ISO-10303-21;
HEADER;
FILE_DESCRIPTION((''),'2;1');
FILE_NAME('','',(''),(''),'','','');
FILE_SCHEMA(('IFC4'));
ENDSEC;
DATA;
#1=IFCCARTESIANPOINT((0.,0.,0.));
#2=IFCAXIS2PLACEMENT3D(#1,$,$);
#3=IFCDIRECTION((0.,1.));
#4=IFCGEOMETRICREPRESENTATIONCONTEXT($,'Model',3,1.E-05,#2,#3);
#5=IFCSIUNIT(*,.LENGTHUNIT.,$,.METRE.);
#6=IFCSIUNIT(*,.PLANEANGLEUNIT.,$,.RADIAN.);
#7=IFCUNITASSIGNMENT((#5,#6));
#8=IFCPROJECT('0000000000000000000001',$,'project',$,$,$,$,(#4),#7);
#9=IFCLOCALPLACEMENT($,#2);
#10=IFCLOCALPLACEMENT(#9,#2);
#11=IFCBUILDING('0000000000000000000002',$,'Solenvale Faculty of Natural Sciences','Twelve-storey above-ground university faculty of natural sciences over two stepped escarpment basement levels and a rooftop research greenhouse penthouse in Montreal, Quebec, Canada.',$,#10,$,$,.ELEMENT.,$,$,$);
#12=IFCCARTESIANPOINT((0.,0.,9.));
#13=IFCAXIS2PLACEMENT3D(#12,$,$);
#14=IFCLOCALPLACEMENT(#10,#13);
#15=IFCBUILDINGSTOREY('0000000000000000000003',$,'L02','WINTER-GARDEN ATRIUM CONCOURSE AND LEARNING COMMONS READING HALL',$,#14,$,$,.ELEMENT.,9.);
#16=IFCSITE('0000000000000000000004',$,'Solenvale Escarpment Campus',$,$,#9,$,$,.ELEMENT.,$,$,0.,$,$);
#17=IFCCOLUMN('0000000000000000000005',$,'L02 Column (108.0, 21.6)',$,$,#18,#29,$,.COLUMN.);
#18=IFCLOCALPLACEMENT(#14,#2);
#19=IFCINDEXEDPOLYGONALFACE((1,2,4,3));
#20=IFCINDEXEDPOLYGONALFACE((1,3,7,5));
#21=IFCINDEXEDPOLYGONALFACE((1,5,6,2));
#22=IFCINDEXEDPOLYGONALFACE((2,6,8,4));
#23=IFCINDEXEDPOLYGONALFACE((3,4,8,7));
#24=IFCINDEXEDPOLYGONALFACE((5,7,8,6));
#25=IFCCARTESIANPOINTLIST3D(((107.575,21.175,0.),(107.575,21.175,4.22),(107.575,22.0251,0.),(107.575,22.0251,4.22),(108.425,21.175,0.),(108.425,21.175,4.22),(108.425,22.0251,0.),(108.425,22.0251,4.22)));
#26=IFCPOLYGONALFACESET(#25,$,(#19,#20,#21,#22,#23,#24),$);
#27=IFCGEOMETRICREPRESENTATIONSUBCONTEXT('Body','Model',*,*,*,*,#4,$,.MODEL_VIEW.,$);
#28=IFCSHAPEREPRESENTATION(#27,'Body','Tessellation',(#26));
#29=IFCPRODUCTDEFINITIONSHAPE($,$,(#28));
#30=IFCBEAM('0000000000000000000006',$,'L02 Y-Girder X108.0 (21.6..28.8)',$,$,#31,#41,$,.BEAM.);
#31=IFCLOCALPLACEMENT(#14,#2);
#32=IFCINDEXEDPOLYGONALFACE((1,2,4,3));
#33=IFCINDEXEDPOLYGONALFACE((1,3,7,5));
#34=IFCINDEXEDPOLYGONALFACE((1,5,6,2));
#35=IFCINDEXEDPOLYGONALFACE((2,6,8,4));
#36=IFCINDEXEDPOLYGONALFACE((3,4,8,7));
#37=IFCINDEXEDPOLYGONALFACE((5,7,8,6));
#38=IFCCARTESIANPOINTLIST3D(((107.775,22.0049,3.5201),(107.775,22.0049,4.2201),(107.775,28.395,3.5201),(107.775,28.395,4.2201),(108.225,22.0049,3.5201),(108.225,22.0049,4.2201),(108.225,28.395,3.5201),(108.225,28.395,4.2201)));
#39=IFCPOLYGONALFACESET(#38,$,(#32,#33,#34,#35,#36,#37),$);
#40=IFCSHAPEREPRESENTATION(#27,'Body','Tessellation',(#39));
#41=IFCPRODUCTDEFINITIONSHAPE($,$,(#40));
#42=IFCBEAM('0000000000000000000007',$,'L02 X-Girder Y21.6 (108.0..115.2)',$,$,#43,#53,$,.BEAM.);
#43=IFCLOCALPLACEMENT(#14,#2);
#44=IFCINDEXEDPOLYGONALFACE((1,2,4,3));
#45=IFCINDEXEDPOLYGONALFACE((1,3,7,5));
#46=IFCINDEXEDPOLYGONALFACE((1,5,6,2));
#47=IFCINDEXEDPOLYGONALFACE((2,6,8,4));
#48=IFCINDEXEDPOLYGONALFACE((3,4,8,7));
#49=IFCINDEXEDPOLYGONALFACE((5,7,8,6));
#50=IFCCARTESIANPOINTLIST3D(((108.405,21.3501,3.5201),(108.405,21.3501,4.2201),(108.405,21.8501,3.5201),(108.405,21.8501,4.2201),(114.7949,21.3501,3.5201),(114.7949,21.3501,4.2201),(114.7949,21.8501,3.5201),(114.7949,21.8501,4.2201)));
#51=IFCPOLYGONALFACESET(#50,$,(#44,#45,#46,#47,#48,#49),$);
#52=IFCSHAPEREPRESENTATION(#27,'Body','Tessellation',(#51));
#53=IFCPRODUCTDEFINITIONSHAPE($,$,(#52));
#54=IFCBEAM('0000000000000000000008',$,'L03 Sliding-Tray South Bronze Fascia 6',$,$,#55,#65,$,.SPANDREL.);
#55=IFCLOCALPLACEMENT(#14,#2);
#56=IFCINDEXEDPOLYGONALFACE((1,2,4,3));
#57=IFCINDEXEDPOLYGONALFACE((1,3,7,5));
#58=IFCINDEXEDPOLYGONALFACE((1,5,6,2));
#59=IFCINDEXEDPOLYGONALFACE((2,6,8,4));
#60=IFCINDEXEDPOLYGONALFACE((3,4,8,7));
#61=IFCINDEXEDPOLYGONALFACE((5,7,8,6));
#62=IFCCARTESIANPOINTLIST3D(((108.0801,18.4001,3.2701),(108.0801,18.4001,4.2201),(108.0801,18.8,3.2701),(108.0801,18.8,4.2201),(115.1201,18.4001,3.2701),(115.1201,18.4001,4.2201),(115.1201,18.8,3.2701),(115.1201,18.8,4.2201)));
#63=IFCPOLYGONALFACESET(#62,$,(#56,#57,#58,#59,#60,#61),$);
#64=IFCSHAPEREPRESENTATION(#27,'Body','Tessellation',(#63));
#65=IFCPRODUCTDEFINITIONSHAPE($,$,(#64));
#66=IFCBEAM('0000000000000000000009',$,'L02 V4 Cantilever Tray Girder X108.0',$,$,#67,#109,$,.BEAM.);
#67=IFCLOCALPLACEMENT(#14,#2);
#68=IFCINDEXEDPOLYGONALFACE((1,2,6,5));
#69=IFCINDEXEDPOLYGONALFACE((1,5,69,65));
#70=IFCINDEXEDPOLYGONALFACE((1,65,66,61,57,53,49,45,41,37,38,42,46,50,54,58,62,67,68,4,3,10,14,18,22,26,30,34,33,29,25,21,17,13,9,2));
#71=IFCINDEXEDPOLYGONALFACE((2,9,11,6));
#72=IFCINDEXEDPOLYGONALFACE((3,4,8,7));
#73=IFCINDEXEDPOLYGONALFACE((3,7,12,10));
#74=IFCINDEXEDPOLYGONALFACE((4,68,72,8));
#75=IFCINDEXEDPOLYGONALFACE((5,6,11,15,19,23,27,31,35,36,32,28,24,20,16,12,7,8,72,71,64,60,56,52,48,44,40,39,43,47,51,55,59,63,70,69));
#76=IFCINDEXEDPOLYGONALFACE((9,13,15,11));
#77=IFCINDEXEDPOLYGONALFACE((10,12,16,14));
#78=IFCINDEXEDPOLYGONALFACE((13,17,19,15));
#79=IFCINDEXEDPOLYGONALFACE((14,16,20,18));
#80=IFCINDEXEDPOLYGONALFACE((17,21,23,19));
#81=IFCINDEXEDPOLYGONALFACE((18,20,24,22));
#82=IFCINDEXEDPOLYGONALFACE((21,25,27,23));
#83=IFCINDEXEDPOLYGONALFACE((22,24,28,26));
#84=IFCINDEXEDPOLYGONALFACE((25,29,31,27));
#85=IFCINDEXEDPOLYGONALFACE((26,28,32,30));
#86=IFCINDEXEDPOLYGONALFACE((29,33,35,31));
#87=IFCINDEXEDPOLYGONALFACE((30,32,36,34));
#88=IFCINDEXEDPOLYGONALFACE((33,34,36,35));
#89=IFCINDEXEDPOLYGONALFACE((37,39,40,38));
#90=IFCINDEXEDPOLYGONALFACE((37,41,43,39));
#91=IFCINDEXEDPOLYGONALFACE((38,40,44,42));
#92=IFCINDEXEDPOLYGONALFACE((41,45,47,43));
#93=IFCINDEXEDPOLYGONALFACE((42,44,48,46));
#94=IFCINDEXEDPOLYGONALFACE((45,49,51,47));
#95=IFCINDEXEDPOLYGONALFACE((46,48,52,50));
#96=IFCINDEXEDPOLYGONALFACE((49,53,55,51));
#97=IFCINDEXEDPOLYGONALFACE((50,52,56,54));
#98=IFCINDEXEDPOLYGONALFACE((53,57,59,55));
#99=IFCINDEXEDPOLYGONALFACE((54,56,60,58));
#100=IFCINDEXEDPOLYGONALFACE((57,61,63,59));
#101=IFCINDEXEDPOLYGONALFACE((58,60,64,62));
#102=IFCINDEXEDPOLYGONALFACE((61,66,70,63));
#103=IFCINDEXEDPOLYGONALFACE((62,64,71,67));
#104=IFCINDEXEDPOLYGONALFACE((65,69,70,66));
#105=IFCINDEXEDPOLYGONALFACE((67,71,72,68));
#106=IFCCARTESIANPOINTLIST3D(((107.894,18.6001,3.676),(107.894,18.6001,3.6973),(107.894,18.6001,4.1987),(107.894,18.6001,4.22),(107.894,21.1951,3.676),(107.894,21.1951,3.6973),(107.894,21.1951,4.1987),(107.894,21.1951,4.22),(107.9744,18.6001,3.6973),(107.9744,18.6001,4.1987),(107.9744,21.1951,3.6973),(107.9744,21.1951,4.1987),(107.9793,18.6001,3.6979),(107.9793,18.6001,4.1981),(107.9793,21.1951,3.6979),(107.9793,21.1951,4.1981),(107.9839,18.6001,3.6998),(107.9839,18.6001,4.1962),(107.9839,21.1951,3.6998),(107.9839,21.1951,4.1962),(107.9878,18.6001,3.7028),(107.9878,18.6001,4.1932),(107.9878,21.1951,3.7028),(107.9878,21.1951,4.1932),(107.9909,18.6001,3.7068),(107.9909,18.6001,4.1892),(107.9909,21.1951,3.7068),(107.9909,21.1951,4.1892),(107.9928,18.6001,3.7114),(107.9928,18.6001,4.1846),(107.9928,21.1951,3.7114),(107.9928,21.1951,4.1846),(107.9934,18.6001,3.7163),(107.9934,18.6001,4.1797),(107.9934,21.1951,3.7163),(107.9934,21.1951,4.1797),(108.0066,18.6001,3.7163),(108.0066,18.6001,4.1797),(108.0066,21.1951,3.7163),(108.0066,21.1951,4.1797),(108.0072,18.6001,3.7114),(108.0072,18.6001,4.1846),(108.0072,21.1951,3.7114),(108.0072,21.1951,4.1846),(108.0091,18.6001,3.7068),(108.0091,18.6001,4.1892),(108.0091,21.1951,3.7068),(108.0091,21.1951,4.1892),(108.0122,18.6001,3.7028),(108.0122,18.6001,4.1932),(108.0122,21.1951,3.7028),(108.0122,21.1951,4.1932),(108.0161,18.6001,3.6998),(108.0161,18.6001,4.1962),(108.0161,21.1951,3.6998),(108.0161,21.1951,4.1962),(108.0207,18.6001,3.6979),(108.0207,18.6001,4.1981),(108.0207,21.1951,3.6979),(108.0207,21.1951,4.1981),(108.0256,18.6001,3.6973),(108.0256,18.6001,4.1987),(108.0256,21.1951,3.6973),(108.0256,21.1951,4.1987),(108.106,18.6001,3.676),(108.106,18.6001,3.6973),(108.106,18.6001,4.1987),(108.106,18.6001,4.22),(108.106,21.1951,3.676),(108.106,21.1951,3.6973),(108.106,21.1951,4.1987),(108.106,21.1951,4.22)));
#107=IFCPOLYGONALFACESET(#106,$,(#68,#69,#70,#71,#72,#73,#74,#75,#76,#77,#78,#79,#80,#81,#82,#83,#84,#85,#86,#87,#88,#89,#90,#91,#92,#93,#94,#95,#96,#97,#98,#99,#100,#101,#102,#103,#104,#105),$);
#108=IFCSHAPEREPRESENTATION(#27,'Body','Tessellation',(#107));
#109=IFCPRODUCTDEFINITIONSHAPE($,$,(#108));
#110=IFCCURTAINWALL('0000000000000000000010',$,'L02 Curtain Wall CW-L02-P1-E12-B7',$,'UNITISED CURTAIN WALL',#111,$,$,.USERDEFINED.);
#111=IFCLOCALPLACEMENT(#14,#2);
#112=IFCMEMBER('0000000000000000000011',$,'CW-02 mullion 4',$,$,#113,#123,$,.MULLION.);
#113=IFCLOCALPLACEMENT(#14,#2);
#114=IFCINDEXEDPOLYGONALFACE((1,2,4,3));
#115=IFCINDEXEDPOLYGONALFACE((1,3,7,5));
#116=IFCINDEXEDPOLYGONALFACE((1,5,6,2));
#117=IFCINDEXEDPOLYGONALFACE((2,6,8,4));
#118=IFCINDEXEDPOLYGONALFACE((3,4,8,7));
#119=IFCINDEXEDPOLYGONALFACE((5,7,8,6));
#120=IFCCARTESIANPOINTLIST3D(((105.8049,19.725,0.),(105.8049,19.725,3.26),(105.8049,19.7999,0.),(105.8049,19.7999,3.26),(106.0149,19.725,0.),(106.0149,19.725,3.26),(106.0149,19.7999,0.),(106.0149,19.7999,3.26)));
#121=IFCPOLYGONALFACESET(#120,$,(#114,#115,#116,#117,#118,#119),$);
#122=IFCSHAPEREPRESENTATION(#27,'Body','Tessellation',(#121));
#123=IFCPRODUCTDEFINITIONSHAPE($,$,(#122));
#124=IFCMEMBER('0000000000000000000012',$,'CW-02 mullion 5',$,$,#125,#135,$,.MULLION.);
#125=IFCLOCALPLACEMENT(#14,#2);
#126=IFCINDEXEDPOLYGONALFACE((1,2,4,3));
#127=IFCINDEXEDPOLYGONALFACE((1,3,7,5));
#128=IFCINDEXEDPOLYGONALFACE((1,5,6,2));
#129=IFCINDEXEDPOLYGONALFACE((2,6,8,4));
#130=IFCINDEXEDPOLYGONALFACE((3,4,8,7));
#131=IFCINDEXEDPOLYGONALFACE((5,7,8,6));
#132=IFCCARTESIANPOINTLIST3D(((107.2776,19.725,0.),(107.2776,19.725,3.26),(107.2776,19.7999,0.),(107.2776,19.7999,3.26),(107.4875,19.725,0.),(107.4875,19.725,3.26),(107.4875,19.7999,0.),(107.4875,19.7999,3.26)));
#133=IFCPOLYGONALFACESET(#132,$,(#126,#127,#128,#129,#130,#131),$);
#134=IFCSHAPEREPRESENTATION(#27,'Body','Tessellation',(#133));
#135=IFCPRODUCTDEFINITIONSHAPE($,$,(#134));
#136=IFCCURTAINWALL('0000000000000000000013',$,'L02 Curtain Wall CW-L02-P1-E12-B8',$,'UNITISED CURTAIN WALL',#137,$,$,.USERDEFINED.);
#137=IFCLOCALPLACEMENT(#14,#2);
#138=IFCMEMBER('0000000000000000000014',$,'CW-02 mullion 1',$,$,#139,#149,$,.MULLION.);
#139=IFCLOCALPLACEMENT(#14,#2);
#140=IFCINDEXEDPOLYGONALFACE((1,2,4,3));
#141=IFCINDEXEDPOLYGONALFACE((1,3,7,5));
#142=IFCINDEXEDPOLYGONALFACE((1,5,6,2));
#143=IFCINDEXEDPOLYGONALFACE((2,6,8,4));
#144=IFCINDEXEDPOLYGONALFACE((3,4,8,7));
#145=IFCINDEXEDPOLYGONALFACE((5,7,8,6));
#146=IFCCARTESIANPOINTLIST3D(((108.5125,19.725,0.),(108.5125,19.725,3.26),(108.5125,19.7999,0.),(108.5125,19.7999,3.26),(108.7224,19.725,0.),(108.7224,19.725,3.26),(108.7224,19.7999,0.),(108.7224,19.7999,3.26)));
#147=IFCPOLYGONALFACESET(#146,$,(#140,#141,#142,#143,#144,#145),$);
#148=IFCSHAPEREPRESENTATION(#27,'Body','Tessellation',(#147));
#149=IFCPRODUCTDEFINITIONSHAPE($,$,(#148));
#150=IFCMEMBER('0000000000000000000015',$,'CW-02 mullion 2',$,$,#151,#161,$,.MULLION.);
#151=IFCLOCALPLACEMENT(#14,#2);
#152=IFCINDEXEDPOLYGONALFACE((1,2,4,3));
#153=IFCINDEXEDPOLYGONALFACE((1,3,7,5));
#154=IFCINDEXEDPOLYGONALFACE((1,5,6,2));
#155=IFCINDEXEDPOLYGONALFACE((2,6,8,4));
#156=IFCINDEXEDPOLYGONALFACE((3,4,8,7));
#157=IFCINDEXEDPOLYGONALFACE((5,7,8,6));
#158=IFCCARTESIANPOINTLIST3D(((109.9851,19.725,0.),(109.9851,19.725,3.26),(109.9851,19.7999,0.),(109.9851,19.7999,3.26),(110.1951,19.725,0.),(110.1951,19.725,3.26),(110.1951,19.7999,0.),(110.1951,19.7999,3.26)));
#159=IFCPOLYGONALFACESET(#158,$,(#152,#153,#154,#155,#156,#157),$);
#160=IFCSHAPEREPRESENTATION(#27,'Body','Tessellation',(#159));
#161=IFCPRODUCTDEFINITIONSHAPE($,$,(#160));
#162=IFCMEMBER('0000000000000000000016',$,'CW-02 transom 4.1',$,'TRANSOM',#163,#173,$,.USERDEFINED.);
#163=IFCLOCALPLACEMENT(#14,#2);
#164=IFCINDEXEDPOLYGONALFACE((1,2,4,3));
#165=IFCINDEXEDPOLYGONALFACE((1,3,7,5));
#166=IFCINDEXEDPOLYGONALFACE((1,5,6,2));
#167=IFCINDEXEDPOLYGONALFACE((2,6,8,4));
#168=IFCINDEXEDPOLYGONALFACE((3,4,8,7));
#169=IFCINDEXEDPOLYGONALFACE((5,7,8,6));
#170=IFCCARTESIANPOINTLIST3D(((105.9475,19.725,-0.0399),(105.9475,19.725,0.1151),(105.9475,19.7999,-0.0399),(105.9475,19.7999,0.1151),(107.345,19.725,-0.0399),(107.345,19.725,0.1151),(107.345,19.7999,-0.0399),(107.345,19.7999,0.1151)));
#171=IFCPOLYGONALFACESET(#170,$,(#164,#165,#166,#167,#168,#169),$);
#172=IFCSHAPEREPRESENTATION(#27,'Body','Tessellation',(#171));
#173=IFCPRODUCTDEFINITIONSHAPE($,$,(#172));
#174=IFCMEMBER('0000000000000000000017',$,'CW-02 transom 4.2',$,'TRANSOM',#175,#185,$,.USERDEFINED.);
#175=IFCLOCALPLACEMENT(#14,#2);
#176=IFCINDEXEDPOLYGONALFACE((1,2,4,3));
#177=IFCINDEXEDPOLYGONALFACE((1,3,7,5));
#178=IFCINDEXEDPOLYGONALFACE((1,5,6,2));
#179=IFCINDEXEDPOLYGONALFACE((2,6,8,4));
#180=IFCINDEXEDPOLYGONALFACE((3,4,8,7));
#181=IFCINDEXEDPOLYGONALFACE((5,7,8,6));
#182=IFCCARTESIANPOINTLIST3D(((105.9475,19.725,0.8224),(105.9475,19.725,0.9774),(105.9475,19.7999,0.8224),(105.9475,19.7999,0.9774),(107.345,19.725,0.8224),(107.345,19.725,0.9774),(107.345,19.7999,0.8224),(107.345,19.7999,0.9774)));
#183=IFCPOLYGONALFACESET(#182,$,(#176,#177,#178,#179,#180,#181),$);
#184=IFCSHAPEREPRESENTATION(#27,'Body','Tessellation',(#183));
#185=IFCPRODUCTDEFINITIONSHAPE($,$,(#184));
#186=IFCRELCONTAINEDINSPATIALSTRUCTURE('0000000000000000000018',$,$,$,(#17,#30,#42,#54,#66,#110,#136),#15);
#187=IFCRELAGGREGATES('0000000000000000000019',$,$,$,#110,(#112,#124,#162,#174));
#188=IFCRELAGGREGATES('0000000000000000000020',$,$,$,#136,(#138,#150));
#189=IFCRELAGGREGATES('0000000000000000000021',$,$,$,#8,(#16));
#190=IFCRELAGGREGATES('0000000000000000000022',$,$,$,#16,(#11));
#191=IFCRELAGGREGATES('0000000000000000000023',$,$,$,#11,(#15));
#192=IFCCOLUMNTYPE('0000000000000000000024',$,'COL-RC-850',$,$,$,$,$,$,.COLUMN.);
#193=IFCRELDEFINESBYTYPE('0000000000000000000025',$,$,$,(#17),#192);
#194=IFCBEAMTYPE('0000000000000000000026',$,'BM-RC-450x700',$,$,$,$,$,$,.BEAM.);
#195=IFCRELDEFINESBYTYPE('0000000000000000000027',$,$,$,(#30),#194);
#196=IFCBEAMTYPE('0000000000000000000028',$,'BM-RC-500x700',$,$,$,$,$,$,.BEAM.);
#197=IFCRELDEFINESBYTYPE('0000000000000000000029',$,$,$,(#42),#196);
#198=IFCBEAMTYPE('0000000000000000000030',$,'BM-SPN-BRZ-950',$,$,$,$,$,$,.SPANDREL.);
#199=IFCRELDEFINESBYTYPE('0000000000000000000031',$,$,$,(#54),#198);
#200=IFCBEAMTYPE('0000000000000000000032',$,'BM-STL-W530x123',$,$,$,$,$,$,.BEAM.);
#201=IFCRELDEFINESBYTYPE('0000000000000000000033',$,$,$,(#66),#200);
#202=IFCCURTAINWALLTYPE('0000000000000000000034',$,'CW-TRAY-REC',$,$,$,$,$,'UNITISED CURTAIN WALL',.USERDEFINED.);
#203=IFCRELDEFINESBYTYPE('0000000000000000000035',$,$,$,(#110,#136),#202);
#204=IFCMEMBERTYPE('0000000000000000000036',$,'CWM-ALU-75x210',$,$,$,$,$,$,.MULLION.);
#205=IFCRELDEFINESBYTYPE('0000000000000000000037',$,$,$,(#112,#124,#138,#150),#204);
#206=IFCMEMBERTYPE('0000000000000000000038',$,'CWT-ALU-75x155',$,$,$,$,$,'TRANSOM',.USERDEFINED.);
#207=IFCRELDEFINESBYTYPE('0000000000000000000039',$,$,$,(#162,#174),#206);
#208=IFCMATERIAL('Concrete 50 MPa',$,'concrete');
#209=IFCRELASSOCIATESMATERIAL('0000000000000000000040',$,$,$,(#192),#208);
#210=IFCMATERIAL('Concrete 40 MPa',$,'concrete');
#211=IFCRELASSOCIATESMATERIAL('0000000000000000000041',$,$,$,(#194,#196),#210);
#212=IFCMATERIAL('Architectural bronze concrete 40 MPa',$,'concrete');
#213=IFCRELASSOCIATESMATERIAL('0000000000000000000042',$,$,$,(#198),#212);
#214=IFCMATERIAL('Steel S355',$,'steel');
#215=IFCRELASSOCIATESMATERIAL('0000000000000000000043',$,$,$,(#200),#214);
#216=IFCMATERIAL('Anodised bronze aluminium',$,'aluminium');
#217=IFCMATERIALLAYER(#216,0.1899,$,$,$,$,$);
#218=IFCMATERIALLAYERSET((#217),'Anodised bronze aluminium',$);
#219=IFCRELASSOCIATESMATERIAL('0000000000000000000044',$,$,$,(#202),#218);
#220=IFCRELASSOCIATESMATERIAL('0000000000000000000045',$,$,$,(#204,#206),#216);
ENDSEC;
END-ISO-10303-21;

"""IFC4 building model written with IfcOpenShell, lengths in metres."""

from ifc_helpers import new_model, si_unit, direction, frame, origin, origin_2d, place, context, subcontext, project, spatial, rectangle, i_section, extrude, material, layer, layer_set, material_profile, profile_set, type_object, element, aggregate, save


model = new_model("IFC4")

# Units and contexts
model_context = context("Model", 3, precision=1e-05, world=origin(), true_north=direction((0.0, 1.0)))
body_context = subcontext(model_context, "Body", "Model", "MODEL_VIEW")
ifc_project = project(units=[si_unit("LENGTHUNIT", "METRE"), si_unit("PLANEANGLEUNIT", "RADIAN")], contexts=[model_context])

# Site, building, storey
site_placement = place(None, origin())
site = spatial("IfcSite", under=ifc_project, at=site_placement, Name="Solenvale Escarpment Campus", CompositionType="ELEMENT", RefElevation=0.0)
building_placement = place(site_placement, origin())
building = spatial("IfcBuilding", under=site, at=building_placement, Name="Solenvale Faculty of Natural Sciences", Description="Twelve-storey above-ground university faculty of natural sciences over two stepped escarpment basement levels and a rooftop research greenhouse penthouse in Montreal, Quebec, Canada.", CompositionType="ELEMENT")
storey_placement = place(building_placement, frame((0.0, 0.0, 9.0)))
storey = spatial("IfcBuildingStorey", under=building, at=storey_placement, Name="L02", Description="WINTER-GARDEN ATRIUM CONCOURSE AND LEARNING COMMONS READING HALL", CompositionType="ELEMENT", Elevation=9.0)

# Column
ifc_material_1 = material(Name="Concrete 50 MPa", Category="concrete")
ifc_material_profile_1 = material_profile(ifc_material_1, rectangle(XDim=0.8501, YDim=0.8501, at=origin_2d()), Name="RC-COL-850x850")
ifc_profile_set_1 = profile_set([ifc_material_profile_1], Name="Concrete 50 MPa")
column_type = type_object("IfcColumnType", Name="COL-RC-850", PredefinedType="COLUMN", material=ifc_profile_set_1)
column_placement = place(storey_placement, frame((108.0, 21.6001, 0.0), z_axis=(0.0, 0.0, 1.0), x_axis=(1.0, 0.0, 0.0)))
element("IfcColumn", 1, at=column_placement, inside=storey, type_object=column_type, Name="L02 Column (108.0, 21.6)", PredefinedType="COLUMN", context=body_context, shape_type="SweptSolid", body=[
    extrude(rectangle(XDim=0.8501, YDim=0.8501, at=origin_2d()), origin(), (0.0, 0.0, 1.0), 4.22),
])

# Beams
ifc_material_2 = material(Name="Concrete 40 MPa", Category="concrete")
ifc_material_profile_2 = material_profile(ifc_material_2, rectangle(XDim=0.45, YDim=0.7, at=origin_2d()), Name="RC-BM-450x700")
ifc_profile_set_2 = profile_set([ifc_material_profile_2], Name="Concrete 40 MPa")
beam_type_1 = type_object("IfcBeamType", Name="BM-RC-450x700", PredefinedType="BEAM", material=ifc_profile_set_2)
beam_1_placement = place(storey_placement, frame((108.0, 22.0049, 3.8701), z_axis=(0.0, 1.0, 0.0), x_axis=(-1.0, 0.0, 0.0)))
element("IfcBeam", 2, at=beam_1_placement, inside=storey, type_object=beam_type_1, Name="L02 Y-Girder X108.0 (21.6..28.8)", PredefinedType="BEAM", context=body_context, shape_type="SweptSolid", body=[
    extrude(rectangle(XDim=0.45, YDim=0.7, at=origin_2d()), origin(), (0.0, 0.0, 1.0), 6.3901),
])
ifc_material_profile_3 = material_profile(ifc_material_2, rectangle(XDim=0.5, YDim=0.7, at=origin_2d()), Name="RC-BM-500x700")
ifc_profile_set_3 = profile_set([ifc_material_profile_3], Name="Concrete 40 MPa")
beam_type_2 = type_object("IfcBeamType", Name="BM-RC-500x700", PredefinedType="BEAM", material=ifc_profile_set_3)
beam_2_placement = place(storey_placement, frame((108.405, 21.6001, 3.8701), z_axis=(1.0, 0.0, 0.0), x_axis=(0.0, 1.0, 0.0)))
element("IfcBeam", 3, at=beam_2_placement, inside=storey, type_object=beam_type_2, Name="L02 X-Girder Y21.6 (108.0..115.2)", PredefinedType="BEAM", context=body_context, shape_type="SweptSolid", body=[
    extrude(rectangle(XDim=0.5, YDim=0.7, at=origin_2d()), origin(), (0.0, 0.0, 1.0), 6.3899),
])
ifc_material_3 = material(Name="Architectural bronze concrete 40 MPa", Category="concrete")
ifc_material_profile_4 = material_profile(ifc_material_3, rectangle(XDim=0.3999, YDim=0.95, at=origin_2d()), Name="RC-SPN-400x950")
ifc_profile_set_4 = profile_set([ifc_material_profile_4], Name="Architectural bronze concrete 40 MPa")
beam_type_3 = type_object("IfcBeamType", Name="BM-SPN-BRZ-950", PredefinedType="SPANDREL", material=ifc_profile_set_4)
beam_3_placement = place(storey_placement, frame((108.0801, 18.6001, 3.7451), z_axis=(1.0, 0.0, 0.0), x_axis=(0.0, 1.0, 0.0)))
element("IfcBeam", 4, at=beam_3_placement, inside=storey, type_object=beam_type_3, Name="L03 Sliding-Tray South Bronze Fascia 6", PredefinedType="SPANDREL", context=body_context, shape_type="SweptSolid", body=[
    extrude(rectangle(XDim=0.3999, YDim=0.95, at=origin_2d()), origin(), (0.0, 0.0, 1.0), 7.04),
])
ifc_material_4 = material(Name="Steel S355", Category="steel")
ifc_material_profile_5 = material_profile(ifc_material_4, i_section(OverallWidth=0.2119, OverallDepth=0.5439, WebThickness=0.0132, FlangeThickness=0.0212, FilletRadius=0.019, at=origin_2d()), Name="W530x123")
ifc_profile_set_5 = profile_set([ifc_material_profile_5], Name="Steel S355")
beam_type_4 = type_object("IfcBeamType", Name="BM-STL-W530x123", PredefinedType="BEAM", material=ifc_profile_set_5)
beam_4_placement = place(storey_placement, frame((108.0, 21.1951, 3.948), z_axis=(0.0, -1.0, 0.0), x_axis=(1.0, 0.0, 0.0)))
element("IfcBeam", 5, at=beam_4_placement, inside=storey, type_object=beam_type_4, Name="L02 V4 Cantilever Tray Girder X108.0", PredefinedType="BEAM", context=body_context, shape_type="SweptSolid", body=[
    extrude(i_section(OverallWidth=0.2119, OverallDepth=0.5439, WebThickness=0.0132, FlangeThickness=0.0212, FilletRadius=0.019, at=origin_2d()), origin(), (0.0, 0.0, 1.0), 2.595),
])

# Curtain walls, members
ifc_material_5 = material(Name="Anodised bronze aluminium", Category="aluminium")
ifc_layer_1 = layer(ifc_material_5, 0.1899)
ifc_layer_set_1 = layer_set([ifc_layer_1], Name="Anodised bronze aluminium")
curtain_wall_type = type_object("IfcCurtainWallType", Name="CW-TRAY-REC", ElementType="UNITISED CURTAIN WALL", PredefinedType="USERDEFINED", material=ifc_layer_set_1)
curtain_wall_1_placement = place(storey_placement, origin())
curtain_wall_1 = element("IfcCurtainWall", 6, at=curtain_wall_1_placement, inside=storey, type_object=curtain_wall_type, Name="L02 Curtain Wall CW-L02-P1-E12-B7", ObjectType="UNITISED CURTAIN WALL", PredefinedType="USERDEFINED")
ifc_material_profile_6 = material_profile(ifc_material_5, rectangle(XDim=0.075, YDim=0.21, at=origin_2d()), Name="ALU-MUL-75x210")
ifc_profile_set_6 = profile_set([ifc_material_profile_6], Name="Anodised bronze aluminium")
member_type_1 = type_object("IfcMemberType", Name="CWM-ALU-75x210", PredefinedType="MULLION", material=ifc_profile_set_6)
member_1_placement = place(storey_placement, frame((105.9099, 19.7625, 0.0), z_axis=(0.0, 0.0, 1.0), x_axis=(0.0, 1.0, 0.0)))
member_1 = element("IfcMember", 7, at=member_1_placement, type_object=member_type_1, Name="CW-02 mullion 4", PredefinedType="MULLION", context=body_context, shape_type="SweptSolid", body=[
    extrude(rectangle(XDim=0.075, YDim=0.21, at=origin_2d()), origin(), (0.0, 0.0, 1.0), 3.26),
])
member_2_placement = place(storey_placement, frame((107.3826, 19.7625, 0.0), z_axis=(0.0, 0.0, 1.0), x_axis=(0.0, 1.0, 0.0)))
member_2 = element("IfcMember", 8, at=member_2_placement, type_object=member_type_1, Name="CW-02 mullion 5", PredefinedType="MULLION", context=body_context, shape_type="SweptSolid", body=[
    extrude(rectangle(XDim=0.075, YDim=0.21, at=origin_2d()), origin(), (0.0, 0.0, 1.0), 3.26),
])
curtain_wall_2_placement = place(storey_placement, origin())
curtain_wall_2 = element("IfcCurtainWall", 9, at=curtain_wall_2_placement, inside=storey, type_object=curtain_wall_type, Name="L02 Curtain Wall CW-L02-P1-E12-B8", ObjectType="UNITISED CURTAIN WALL", PredefinedType="USERDEFINED")
member_3_placement = place(storey_placement, frame((108.6174, 19.7625, 0.0), z_axis=(0.0, 0.0, 1.0), x_axis=(0.0, 1.0, 0.0)))
member_3 = element("IfcMember", 10, at=member_3_placement, type_object=member_type_1, Name="CW-02 mullion 1", PredefinedType="MULLION", context=body_context, shape_type="SweptSolid", body=[
    extrude(rectangle(XDim=0.075, YDim=0.21, at=origin_2d()), origin(), (0.0, 0.0, 1.0), 3.26),
])
member_4_placement = place(storey_placement, frame((110.0901, 19.7625, 0.0), z_axis=(0.0, 0.0, 1.0), x_axis=(0.0, 1.0, 0.0)))
member_4 = element("IfcMember", 11, at=member_4_placement, type_object=member_type_1, Name="CW-02 mullion 2", PredefinedType="MULLION", context=body_context, shape_type="SweptSolid", body=[
    extrude(rectangle(XDim=0.075, YDim=0.21, at=origin_2d()), origin(), (0.0, 0.0, 1.0), 3.26),
])

# Members
ifc_material_profile_7 = material_profile(ifc_material_5, rectangle(XDim=0.075, YDim=0.155, at=origin_2d()), Name="ALU-TRN-75x155")
ifc_profile_set_7 = profile_set([ifc_material_profile_7], Name="Anodised bronze aluminium")
member_type_2 = type_object("IfcMemberType", Name="CWT-ALU-75x155", ElementType="TRANSOM", PredefinedType="USERDEFINED", material=ifc_profile_set_7)
member_5_placement = place(storey_placement, frame((105.9475, 19.7625, 0.0376), z_axis=(1.0, 0.0, 0.0), x_axis=(0.0, 1.0, 0.0)))
member_5 = element("IfcMember", 12, at=member_5_placement, type_object=member_type_2, Name="CW-02 transom 4.1", ObjectType="TRANSOM", PredefinedType="USERDEFINED", context=body_context, shape_type="SweptSolid", body=[
    extrude(rectangle(XDim=0.075, YDim=0.155, at=origin_2d()), origin(), (0.0, 0.0, 1.0), 1.3975),
])
member_6_placement = place(storey_placement, frame((105.9475, 19.7625, 0.8999), z_axis=(1.0, 0.0, 0.0), x_axis=(0.0, 1.0, 0.0)))
member_6 = element("IfcMember", 13, at=member_6_placement, type_object=member_type_2, Name="CW-02 transom 4.2", ObjectType="TRANSOM", PredefinedType="USERDEFINED", context=body_context, shape_type="SweptSolid", body=[
    extrude(rectangle(XDim=0.075, YDim=0.155, at=origin_2d()), origin(), (0.0, 0.0, 1.0), 1.3975),
])

aggregate(curtain_wall_1, [member_1, member_2, member_5, member_6])
aggregate(curtain_wall_2, [member_3, member_4])

save(model, "model.ifc")
